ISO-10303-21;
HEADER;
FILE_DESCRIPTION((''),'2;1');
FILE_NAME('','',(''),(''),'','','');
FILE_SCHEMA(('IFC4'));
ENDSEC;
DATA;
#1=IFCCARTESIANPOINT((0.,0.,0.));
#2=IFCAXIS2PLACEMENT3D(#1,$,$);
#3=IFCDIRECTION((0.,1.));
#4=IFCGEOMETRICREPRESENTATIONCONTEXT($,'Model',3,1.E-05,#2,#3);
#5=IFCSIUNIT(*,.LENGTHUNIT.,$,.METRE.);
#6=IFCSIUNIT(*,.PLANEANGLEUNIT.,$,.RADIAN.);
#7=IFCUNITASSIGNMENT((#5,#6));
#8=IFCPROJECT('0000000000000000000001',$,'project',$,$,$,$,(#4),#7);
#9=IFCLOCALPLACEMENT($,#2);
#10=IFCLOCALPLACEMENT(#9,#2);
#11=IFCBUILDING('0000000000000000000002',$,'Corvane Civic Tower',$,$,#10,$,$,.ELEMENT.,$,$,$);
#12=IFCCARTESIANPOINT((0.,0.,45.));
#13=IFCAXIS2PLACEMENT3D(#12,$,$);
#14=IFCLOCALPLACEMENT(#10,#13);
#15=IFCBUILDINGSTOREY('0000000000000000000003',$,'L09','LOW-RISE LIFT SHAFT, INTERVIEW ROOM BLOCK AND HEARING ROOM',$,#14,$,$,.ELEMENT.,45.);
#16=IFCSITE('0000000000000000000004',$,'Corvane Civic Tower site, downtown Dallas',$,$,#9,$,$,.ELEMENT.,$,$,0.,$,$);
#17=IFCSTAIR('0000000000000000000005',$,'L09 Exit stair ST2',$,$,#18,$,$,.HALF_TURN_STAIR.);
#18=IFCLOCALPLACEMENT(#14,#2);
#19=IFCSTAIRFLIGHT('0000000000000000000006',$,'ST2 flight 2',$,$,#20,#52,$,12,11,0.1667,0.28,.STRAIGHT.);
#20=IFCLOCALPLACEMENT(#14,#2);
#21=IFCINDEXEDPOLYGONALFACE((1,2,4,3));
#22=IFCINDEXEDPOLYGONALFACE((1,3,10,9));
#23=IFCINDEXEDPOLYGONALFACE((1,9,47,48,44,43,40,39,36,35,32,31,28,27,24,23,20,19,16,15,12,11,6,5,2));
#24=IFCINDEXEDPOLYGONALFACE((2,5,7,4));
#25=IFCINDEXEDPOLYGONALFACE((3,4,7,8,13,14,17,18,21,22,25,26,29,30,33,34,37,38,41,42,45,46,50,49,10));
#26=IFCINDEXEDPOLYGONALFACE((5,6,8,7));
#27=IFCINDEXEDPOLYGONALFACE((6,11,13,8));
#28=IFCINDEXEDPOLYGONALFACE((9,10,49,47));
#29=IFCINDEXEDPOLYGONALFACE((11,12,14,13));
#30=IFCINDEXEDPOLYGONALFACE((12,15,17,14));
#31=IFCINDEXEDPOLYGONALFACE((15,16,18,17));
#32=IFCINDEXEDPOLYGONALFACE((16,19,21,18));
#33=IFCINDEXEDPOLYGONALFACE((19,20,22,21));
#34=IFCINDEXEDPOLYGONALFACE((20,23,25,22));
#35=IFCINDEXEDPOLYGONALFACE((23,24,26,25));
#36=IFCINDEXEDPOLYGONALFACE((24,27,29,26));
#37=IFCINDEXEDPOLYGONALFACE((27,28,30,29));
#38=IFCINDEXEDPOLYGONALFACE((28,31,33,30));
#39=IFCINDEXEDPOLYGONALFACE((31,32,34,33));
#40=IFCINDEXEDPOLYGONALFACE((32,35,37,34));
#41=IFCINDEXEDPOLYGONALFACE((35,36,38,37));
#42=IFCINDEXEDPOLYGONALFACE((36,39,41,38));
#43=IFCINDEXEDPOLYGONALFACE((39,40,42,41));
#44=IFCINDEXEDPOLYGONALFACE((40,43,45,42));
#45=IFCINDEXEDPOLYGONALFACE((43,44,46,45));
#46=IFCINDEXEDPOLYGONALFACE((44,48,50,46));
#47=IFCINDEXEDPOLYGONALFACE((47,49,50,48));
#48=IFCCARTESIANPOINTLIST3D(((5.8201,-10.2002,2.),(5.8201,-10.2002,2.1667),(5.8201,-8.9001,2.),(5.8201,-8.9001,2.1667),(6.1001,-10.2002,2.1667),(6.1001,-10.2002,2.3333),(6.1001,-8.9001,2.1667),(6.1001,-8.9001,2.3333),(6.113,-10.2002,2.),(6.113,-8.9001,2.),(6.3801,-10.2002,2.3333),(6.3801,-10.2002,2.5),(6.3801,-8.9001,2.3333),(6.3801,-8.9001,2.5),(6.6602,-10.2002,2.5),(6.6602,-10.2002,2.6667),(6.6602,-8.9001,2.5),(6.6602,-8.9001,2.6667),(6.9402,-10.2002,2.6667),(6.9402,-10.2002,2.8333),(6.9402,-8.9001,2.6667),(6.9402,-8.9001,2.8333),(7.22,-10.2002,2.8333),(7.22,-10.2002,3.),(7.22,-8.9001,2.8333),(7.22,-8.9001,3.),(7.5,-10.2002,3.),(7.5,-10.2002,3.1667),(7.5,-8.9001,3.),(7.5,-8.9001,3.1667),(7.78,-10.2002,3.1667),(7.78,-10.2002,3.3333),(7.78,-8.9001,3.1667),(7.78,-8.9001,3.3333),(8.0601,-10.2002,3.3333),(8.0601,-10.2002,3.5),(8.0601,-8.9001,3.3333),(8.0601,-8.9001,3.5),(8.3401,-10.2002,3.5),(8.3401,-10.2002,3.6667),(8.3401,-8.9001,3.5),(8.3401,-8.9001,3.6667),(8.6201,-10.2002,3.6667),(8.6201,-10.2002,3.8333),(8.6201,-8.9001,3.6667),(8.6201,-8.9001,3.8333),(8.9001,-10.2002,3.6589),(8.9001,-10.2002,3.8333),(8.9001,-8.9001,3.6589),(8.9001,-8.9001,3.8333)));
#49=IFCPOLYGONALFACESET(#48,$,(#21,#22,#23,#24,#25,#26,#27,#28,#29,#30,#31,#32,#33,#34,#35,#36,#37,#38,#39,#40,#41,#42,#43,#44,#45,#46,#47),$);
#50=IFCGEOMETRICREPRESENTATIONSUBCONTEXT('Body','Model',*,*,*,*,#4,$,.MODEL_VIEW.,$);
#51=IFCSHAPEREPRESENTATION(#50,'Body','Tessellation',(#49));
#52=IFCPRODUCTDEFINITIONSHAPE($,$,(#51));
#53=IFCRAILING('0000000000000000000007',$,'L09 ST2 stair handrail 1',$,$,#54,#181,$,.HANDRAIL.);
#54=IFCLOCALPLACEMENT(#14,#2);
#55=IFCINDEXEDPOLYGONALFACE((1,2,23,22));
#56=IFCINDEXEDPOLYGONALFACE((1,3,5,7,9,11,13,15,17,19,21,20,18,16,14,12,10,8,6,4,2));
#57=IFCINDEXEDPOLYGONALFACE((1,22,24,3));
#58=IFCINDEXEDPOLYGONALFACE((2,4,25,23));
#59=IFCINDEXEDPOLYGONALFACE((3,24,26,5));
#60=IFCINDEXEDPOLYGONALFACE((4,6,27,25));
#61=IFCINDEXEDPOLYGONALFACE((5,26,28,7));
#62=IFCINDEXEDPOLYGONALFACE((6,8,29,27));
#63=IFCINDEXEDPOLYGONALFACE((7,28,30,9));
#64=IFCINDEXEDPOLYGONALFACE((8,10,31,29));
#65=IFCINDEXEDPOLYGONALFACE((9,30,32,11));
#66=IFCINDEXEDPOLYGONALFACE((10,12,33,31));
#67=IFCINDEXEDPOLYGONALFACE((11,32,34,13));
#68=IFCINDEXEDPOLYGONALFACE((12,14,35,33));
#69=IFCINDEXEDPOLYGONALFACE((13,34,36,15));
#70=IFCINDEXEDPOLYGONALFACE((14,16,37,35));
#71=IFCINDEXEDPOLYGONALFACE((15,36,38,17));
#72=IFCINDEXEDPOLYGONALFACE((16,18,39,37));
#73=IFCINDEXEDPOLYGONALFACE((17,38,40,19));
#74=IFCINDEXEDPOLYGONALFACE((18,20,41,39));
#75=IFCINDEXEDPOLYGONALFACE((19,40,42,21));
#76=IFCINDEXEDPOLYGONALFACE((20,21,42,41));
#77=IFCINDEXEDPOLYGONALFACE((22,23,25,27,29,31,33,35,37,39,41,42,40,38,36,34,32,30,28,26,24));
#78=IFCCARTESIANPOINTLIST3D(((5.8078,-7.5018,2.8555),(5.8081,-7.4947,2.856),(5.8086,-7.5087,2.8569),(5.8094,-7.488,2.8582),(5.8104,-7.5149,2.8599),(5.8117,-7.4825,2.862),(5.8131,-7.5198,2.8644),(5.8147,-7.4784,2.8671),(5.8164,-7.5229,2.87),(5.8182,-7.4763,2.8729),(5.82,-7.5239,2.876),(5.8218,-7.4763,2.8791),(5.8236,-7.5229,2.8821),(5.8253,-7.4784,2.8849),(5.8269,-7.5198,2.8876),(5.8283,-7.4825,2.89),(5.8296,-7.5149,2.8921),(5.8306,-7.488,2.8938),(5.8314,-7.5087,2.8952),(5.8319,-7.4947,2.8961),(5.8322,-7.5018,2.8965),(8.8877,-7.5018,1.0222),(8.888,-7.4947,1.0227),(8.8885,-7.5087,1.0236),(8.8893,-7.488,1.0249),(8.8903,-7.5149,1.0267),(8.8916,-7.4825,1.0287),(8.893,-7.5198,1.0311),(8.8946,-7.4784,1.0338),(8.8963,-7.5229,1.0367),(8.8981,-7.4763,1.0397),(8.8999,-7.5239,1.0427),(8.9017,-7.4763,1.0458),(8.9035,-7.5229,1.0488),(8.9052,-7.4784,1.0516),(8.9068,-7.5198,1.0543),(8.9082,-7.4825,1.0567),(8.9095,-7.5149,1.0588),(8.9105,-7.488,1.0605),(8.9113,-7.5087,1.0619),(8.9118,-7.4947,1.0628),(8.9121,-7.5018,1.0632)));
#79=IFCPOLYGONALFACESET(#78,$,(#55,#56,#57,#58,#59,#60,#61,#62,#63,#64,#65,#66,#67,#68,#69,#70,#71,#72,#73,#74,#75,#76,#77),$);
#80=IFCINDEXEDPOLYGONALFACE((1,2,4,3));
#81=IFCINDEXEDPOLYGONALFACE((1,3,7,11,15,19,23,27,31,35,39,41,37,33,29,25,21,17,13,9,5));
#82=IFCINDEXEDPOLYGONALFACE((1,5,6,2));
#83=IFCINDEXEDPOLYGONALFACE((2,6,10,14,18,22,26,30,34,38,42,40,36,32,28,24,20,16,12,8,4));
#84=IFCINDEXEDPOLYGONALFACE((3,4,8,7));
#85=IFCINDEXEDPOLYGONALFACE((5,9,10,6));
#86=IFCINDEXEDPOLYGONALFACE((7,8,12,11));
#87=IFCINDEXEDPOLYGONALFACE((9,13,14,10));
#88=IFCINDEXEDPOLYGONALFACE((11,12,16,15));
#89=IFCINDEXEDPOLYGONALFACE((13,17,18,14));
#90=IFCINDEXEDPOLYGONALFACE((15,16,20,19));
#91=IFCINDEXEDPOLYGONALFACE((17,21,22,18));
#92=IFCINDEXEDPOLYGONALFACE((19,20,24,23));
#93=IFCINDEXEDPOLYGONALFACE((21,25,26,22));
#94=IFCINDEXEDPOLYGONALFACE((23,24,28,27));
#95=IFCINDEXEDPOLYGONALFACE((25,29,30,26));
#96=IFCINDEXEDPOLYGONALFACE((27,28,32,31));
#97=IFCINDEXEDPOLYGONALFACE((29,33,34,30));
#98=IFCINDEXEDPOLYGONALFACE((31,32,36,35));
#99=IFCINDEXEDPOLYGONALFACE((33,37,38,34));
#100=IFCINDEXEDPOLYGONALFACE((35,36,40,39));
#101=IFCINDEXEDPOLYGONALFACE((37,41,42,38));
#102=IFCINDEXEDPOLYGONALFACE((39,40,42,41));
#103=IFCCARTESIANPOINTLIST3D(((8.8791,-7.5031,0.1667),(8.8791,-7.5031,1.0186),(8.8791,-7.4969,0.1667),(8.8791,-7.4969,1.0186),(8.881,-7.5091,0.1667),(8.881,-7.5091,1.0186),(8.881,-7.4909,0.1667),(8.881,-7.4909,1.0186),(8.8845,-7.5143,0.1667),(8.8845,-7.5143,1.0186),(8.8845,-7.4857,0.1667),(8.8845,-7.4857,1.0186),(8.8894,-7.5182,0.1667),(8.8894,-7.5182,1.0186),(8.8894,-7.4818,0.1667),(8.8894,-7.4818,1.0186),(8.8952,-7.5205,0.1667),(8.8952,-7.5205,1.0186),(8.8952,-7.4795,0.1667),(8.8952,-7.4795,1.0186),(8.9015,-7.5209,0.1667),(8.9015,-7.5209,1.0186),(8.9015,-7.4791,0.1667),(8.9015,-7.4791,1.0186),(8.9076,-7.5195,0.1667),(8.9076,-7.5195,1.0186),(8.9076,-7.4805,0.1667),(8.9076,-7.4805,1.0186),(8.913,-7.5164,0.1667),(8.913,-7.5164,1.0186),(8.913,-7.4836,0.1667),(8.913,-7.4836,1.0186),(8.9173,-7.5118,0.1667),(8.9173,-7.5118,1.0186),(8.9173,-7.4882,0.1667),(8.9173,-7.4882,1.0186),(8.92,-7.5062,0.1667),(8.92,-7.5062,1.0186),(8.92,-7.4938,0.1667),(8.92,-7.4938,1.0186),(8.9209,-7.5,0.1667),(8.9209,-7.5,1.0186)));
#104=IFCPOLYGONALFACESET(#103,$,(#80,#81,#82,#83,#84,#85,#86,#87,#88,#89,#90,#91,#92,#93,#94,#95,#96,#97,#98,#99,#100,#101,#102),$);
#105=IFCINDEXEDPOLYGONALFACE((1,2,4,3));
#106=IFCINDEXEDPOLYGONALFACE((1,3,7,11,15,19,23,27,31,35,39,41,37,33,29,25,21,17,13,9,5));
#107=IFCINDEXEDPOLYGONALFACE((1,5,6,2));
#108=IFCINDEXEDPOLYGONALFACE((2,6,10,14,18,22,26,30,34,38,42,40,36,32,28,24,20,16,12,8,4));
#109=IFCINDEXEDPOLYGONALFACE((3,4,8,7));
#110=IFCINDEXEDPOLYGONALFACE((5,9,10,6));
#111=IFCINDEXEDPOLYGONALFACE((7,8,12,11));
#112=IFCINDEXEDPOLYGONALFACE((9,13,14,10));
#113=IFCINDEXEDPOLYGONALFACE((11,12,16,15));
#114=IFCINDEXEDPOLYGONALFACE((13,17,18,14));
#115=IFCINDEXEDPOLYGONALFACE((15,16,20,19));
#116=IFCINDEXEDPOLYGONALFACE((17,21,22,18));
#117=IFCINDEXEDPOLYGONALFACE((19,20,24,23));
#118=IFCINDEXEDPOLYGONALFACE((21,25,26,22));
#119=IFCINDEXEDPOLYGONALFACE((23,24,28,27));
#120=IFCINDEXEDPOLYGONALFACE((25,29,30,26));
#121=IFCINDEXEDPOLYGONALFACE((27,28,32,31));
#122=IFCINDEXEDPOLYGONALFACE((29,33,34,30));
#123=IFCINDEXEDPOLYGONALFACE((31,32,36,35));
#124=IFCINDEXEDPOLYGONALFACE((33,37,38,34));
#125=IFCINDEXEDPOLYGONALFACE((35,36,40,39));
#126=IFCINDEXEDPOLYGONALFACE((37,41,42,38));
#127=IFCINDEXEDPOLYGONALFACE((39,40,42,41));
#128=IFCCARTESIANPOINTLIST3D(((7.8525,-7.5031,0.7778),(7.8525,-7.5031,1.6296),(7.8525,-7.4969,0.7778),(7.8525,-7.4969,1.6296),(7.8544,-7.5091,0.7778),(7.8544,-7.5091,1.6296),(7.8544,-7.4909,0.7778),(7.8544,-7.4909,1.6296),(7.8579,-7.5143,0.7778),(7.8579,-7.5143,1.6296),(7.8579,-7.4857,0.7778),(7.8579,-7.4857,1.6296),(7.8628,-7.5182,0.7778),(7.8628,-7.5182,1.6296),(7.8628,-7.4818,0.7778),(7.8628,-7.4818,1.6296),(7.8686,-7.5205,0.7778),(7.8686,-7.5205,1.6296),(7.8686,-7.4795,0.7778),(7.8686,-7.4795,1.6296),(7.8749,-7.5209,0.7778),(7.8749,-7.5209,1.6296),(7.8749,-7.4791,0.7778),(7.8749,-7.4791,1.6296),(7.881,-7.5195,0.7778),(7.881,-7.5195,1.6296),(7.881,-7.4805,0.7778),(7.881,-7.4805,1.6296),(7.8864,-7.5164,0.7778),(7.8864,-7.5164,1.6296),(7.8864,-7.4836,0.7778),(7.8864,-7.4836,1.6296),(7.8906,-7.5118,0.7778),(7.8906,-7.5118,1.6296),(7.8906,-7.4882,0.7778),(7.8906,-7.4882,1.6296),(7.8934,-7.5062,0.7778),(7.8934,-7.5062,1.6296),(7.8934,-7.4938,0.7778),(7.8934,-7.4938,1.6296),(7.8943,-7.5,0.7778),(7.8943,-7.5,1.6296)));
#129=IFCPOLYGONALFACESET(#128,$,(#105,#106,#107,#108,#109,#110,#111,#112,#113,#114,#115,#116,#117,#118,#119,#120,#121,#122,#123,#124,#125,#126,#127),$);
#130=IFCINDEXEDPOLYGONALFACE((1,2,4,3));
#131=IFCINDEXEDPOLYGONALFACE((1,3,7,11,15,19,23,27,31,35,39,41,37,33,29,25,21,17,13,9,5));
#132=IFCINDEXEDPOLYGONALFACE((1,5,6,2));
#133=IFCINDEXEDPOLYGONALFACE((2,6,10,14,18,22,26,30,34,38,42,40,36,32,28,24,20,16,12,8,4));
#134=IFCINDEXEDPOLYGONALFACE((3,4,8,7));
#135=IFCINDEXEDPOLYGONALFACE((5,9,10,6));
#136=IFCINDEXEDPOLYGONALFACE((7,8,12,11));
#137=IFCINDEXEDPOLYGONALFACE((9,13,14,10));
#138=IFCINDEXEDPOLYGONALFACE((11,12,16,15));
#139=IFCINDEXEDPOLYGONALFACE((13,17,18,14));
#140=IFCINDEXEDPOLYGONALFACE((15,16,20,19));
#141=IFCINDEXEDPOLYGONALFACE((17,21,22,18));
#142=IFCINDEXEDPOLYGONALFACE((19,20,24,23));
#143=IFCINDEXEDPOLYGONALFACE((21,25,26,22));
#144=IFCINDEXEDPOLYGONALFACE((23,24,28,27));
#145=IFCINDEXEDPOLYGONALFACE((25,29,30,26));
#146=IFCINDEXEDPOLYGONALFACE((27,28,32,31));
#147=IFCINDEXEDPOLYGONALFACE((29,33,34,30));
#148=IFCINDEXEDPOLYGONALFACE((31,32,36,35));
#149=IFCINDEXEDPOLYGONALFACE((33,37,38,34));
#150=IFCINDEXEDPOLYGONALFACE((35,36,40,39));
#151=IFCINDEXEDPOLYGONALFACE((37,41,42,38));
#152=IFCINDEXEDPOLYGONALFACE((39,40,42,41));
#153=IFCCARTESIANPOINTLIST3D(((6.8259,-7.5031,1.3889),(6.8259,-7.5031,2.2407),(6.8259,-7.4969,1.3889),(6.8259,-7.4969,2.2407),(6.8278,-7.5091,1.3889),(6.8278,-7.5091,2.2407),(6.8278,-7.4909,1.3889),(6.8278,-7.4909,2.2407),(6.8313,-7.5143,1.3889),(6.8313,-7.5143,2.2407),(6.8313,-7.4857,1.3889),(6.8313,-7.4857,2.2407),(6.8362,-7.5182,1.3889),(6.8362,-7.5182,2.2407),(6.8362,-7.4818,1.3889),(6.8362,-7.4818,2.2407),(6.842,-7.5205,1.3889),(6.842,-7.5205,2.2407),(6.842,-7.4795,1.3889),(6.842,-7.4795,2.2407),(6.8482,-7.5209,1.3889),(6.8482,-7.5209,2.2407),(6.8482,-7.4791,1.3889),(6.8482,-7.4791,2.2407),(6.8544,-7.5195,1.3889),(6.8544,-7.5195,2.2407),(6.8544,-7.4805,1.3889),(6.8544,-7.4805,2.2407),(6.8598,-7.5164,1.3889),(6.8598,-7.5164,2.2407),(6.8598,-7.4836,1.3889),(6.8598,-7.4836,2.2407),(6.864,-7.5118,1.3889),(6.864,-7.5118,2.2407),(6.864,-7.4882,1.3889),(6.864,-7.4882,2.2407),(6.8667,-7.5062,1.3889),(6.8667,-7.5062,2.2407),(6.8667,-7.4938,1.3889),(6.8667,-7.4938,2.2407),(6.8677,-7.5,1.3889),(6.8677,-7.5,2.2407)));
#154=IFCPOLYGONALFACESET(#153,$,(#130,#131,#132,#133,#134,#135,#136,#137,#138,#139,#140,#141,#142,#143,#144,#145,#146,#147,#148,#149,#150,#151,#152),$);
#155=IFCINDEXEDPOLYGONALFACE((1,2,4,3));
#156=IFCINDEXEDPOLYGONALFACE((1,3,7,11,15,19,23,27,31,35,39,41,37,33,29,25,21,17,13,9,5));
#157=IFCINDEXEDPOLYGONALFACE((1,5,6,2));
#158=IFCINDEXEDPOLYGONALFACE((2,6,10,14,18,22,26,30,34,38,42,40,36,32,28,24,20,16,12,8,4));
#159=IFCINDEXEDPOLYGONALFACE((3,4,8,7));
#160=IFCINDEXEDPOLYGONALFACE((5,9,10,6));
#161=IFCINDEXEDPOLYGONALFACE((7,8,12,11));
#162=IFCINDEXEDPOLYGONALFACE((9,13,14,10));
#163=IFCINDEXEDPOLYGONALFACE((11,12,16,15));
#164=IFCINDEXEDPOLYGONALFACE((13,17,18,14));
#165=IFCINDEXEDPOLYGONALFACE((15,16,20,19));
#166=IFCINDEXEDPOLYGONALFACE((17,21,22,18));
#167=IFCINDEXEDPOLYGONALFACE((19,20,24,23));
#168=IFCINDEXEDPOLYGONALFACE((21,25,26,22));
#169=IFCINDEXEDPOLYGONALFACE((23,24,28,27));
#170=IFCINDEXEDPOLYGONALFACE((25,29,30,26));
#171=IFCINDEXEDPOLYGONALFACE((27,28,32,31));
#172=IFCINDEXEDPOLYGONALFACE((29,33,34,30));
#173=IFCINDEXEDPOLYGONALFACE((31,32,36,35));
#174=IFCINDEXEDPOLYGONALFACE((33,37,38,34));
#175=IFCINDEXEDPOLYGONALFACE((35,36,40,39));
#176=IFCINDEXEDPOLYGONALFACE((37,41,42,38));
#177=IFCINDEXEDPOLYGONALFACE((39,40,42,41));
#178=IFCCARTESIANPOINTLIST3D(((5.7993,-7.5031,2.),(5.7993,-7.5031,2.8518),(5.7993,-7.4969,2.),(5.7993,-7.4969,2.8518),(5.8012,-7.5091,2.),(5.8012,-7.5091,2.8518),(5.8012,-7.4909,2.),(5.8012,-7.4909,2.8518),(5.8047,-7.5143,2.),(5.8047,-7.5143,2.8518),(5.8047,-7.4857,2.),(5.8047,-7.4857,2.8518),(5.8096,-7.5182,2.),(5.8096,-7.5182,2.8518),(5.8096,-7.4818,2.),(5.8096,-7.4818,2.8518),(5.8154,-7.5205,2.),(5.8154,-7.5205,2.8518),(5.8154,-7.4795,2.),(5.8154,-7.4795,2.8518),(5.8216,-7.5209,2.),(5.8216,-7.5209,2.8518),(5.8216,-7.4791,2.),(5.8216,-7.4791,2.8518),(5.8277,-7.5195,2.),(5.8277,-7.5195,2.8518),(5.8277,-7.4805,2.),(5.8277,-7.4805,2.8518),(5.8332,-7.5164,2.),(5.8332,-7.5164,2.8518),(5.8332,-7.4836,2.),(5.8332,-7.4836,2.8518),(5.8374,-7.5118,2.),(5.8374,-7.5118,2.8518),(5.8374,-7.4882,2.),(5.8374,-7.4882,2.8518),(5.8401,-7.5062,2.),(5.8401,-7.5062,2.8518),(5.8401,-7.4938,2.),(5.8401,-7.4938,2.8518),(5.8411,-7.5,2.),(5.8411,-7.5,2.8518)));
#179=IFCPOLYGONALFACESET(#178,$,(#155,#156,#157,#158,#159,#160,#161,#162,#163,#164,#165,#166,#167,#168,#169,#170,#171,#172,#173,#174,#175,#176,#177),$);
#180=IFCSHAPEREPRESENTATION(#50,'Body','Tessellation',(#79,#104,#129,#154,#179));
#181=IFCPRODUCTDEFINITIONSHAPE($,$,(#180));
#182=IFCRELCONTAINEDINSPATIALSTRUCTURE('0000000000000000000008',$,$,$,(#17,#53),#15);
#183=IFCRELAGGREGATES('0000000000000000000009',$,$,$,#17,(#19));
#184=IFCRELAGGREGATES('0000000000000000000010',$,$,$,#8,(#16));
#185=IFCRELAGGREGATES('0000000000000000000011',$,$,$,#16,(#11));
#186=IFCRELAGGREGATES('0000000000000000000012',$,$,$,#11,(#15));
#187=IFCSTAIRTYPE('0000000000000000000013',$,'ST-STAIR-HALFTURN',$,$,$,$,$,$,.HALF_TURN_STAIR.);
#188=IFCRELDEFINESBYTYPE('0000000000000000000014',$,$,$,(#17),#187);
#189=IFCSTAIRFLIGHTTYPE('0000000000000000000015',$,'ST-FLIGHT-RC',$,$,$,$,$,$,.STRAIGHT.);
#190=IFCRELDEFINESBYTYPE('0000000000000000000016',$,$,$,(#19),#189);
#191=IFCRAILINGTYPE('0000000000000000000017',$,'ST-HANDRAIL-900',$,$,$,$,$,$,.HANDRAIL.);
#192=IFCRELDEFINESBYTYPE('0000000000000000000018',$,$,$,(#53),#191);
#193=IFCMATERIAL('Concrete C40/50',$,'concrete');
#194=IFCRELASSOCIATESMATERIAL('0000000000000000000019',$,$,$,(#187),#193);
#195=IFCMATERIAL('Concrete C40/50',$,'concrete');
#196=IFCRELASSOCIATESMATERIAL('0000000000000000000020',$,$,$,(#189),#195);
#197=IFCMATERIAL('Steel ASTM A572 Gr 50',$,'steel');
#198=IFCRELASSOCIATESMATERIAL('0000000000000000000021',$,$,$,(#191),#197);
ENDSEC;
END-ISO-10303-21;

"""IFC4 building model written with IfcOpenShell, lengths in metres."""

from ifc_helpers import new_model, si_unit, direction, frame, origin, origin_2d, place, context, subcontext, project, spatial, polyline, circle, outline, extrude, material, type_object, element, aggregate, save


model = new_model("IFC4")

# Units and contexts
model_context = context("Model", 3, precision=1e-05, world=origin(), true_north=direction((0.0, 1.0)))
body_context = subcontext(model_context, "Body", "Model", "MODEL_VIEW")
ifc_project = project(units=[si_unit("LENGTHUNIT", "METRE"), si_unit("PLANEANGLEUNIT", "RADIAN")], contexts=[model_context])

# Site, building, storey
site_placement = place(None, origin())
site = spatial("IfcSite", under=ifc_project, at=site_placement, Name="Corvane Civic Tower site, downtown Dallas", CompositionType="ELEMENT", RefElevation=0.0)
building_placement = place(site_placement, origin())
building = spatial("IfcBuilding", under=site, at=building_placement, Name="Corvane Civic Tower", CompositionType="ELEMENT")
storey_placement = place(building_placement, frame((0.0, 0.0, 45.0)))
storey = spatial("IfcBuildingStorey", under=building, at=storey_placement, Name="L09", Description="LOW-RISE LIFT SHAFT, INTERVIEW ROOM BLOCK AND HEARING ROOM", CompositionType="ELEMENT", Elevation=45.0)

# Stair
ifc_material_1 = material(Name="Concrete C40/50", Category="concrete")
stair_type = type_object("IfcStairType", Name="ST-STAIR-HALFTURN", PredefinedType="HALF_TURN_STAIR", material=ifc_material_1)
stair_1_placement = place(storey_placement, origin())
stair_1 = element("IfcStair", 1, at=stair_1_placement, inside=storey, type_object=stair_type, Name="L09 Exit stair ST2", PredefinedType="HALF_TURN_STAIR")

# Stair flight
ifc_material_2 = material(Name="Concrete C40/50", Category="concrete")
stair_flight_type = type_object("IfcStairFlightType", Name="ST-FLIGHT-RC", PredefinedType="STRAIGHT", material=ifc_material_2)
stair_flight_1_placement = place(storey_placement, frame((5.8201, -9.55, 2.0), z_axis=(0.0, 0.0, 1.0), x_axis=(1.0, 0.0, 0.0)))
stair_flight_1 = element("IfcStairFlight", 2, at=stair_flight_1_placement, type_object=stair_flight_type, Name="ST2 flight 2", NumberOfRisers=12, NumberOfTreads=11, PredefinedType="STRAIGHT", RiserHeight=0.1667, TreadLength=0.28, context=body_context, shape_type="SweptSolid", body=[
    extrude(outline(polyline([(0.0, 0.0), (0.0, 0.1667), (0.28, 0.1667), (0.28, 0.3333), (0.5601, 0.3333), (0.5601, 0.5), (0.8401, 0.5), (0.8401, 0.6667), (1.1201, 0.6667), (1.1201, 0.8333), (1.3999, 0.8333), (1.3999, 1.0), (1.6799, 1.0), (1.6799, 1.1667), (1.96, 1.1667), (1.96, 1.3333), (2.24, 1.3333), (2.24, 1.5), (2.52, 1.5), (2.52, 1.6667), (2.8, 1.6667), (2.8, 1.8333), (3.0801, 1.8333), (3.0801, 2.0), (3.0801, 1.6589), (0.293, 0.0), (0.0, 0.0)])), frame((0.0, 0.6499, 0.0), z_axis=(0.0, -1.0, 0.0), x_axis=(1.0, 0.0, 0.0)), (0.0, 0.0, 1.0), 1.3),
])
aggregate(stair_1, [stair_flight_1])

# Railing
ifc_material_3 = material(Name="Steel ASTM A572 Gr 50", Category="steel")
railing_type_1 = type_object("IfcRailingType", Name="ST-HANDRAIL-900", PredefinedType="HANDRAIL", material=ifc_material_3)
railing_1_placement = place(storey_placement, frame((8.8999, -7.5, 0.1667)))
element("IfcRailing", 3, at=railing_1_placement, inside=storey, type_object=railing_type_1, Name="L09 ST2 stair handrail 1", PredefinedType="HANDRAIL", context=body_context, shape_type="SweptSolid", body=[
    extrude(circle(Radius=0.0239, at=origin_2d()), frame((0.0, 0.0, 0.876), z_axis=(-0.859291, 0.0, 0.511487), x_axis=(0.0, -1.0, 0.0)), (0.0, 0.0, 1.0), 3.5842),
    extrude(circle(Radius=0.021, at=origin_2d()), origin(), (0.0, 0.0, 1.0), 0.8518),
    extrude(circle(Radius=0.021, at=origin_2d()), frame((-1.0266, 0.0, 0.6111)), (0.0, 0.0, 1.0), 0.8518),
    extrude(circle(Radius=0.021, at=origin_2d()), frame((-2.0532, 0.0, 1.2222)), (0.0, 0.0, 1.0), 0.8518),
    extrude(circle(Radius=0.021, at=origin_2d()), frame((-3.0798, 0.0, 1.8333)), (0.0, 0.0, 1.0), 0.8518),
])

save(model, "model.ifc")
